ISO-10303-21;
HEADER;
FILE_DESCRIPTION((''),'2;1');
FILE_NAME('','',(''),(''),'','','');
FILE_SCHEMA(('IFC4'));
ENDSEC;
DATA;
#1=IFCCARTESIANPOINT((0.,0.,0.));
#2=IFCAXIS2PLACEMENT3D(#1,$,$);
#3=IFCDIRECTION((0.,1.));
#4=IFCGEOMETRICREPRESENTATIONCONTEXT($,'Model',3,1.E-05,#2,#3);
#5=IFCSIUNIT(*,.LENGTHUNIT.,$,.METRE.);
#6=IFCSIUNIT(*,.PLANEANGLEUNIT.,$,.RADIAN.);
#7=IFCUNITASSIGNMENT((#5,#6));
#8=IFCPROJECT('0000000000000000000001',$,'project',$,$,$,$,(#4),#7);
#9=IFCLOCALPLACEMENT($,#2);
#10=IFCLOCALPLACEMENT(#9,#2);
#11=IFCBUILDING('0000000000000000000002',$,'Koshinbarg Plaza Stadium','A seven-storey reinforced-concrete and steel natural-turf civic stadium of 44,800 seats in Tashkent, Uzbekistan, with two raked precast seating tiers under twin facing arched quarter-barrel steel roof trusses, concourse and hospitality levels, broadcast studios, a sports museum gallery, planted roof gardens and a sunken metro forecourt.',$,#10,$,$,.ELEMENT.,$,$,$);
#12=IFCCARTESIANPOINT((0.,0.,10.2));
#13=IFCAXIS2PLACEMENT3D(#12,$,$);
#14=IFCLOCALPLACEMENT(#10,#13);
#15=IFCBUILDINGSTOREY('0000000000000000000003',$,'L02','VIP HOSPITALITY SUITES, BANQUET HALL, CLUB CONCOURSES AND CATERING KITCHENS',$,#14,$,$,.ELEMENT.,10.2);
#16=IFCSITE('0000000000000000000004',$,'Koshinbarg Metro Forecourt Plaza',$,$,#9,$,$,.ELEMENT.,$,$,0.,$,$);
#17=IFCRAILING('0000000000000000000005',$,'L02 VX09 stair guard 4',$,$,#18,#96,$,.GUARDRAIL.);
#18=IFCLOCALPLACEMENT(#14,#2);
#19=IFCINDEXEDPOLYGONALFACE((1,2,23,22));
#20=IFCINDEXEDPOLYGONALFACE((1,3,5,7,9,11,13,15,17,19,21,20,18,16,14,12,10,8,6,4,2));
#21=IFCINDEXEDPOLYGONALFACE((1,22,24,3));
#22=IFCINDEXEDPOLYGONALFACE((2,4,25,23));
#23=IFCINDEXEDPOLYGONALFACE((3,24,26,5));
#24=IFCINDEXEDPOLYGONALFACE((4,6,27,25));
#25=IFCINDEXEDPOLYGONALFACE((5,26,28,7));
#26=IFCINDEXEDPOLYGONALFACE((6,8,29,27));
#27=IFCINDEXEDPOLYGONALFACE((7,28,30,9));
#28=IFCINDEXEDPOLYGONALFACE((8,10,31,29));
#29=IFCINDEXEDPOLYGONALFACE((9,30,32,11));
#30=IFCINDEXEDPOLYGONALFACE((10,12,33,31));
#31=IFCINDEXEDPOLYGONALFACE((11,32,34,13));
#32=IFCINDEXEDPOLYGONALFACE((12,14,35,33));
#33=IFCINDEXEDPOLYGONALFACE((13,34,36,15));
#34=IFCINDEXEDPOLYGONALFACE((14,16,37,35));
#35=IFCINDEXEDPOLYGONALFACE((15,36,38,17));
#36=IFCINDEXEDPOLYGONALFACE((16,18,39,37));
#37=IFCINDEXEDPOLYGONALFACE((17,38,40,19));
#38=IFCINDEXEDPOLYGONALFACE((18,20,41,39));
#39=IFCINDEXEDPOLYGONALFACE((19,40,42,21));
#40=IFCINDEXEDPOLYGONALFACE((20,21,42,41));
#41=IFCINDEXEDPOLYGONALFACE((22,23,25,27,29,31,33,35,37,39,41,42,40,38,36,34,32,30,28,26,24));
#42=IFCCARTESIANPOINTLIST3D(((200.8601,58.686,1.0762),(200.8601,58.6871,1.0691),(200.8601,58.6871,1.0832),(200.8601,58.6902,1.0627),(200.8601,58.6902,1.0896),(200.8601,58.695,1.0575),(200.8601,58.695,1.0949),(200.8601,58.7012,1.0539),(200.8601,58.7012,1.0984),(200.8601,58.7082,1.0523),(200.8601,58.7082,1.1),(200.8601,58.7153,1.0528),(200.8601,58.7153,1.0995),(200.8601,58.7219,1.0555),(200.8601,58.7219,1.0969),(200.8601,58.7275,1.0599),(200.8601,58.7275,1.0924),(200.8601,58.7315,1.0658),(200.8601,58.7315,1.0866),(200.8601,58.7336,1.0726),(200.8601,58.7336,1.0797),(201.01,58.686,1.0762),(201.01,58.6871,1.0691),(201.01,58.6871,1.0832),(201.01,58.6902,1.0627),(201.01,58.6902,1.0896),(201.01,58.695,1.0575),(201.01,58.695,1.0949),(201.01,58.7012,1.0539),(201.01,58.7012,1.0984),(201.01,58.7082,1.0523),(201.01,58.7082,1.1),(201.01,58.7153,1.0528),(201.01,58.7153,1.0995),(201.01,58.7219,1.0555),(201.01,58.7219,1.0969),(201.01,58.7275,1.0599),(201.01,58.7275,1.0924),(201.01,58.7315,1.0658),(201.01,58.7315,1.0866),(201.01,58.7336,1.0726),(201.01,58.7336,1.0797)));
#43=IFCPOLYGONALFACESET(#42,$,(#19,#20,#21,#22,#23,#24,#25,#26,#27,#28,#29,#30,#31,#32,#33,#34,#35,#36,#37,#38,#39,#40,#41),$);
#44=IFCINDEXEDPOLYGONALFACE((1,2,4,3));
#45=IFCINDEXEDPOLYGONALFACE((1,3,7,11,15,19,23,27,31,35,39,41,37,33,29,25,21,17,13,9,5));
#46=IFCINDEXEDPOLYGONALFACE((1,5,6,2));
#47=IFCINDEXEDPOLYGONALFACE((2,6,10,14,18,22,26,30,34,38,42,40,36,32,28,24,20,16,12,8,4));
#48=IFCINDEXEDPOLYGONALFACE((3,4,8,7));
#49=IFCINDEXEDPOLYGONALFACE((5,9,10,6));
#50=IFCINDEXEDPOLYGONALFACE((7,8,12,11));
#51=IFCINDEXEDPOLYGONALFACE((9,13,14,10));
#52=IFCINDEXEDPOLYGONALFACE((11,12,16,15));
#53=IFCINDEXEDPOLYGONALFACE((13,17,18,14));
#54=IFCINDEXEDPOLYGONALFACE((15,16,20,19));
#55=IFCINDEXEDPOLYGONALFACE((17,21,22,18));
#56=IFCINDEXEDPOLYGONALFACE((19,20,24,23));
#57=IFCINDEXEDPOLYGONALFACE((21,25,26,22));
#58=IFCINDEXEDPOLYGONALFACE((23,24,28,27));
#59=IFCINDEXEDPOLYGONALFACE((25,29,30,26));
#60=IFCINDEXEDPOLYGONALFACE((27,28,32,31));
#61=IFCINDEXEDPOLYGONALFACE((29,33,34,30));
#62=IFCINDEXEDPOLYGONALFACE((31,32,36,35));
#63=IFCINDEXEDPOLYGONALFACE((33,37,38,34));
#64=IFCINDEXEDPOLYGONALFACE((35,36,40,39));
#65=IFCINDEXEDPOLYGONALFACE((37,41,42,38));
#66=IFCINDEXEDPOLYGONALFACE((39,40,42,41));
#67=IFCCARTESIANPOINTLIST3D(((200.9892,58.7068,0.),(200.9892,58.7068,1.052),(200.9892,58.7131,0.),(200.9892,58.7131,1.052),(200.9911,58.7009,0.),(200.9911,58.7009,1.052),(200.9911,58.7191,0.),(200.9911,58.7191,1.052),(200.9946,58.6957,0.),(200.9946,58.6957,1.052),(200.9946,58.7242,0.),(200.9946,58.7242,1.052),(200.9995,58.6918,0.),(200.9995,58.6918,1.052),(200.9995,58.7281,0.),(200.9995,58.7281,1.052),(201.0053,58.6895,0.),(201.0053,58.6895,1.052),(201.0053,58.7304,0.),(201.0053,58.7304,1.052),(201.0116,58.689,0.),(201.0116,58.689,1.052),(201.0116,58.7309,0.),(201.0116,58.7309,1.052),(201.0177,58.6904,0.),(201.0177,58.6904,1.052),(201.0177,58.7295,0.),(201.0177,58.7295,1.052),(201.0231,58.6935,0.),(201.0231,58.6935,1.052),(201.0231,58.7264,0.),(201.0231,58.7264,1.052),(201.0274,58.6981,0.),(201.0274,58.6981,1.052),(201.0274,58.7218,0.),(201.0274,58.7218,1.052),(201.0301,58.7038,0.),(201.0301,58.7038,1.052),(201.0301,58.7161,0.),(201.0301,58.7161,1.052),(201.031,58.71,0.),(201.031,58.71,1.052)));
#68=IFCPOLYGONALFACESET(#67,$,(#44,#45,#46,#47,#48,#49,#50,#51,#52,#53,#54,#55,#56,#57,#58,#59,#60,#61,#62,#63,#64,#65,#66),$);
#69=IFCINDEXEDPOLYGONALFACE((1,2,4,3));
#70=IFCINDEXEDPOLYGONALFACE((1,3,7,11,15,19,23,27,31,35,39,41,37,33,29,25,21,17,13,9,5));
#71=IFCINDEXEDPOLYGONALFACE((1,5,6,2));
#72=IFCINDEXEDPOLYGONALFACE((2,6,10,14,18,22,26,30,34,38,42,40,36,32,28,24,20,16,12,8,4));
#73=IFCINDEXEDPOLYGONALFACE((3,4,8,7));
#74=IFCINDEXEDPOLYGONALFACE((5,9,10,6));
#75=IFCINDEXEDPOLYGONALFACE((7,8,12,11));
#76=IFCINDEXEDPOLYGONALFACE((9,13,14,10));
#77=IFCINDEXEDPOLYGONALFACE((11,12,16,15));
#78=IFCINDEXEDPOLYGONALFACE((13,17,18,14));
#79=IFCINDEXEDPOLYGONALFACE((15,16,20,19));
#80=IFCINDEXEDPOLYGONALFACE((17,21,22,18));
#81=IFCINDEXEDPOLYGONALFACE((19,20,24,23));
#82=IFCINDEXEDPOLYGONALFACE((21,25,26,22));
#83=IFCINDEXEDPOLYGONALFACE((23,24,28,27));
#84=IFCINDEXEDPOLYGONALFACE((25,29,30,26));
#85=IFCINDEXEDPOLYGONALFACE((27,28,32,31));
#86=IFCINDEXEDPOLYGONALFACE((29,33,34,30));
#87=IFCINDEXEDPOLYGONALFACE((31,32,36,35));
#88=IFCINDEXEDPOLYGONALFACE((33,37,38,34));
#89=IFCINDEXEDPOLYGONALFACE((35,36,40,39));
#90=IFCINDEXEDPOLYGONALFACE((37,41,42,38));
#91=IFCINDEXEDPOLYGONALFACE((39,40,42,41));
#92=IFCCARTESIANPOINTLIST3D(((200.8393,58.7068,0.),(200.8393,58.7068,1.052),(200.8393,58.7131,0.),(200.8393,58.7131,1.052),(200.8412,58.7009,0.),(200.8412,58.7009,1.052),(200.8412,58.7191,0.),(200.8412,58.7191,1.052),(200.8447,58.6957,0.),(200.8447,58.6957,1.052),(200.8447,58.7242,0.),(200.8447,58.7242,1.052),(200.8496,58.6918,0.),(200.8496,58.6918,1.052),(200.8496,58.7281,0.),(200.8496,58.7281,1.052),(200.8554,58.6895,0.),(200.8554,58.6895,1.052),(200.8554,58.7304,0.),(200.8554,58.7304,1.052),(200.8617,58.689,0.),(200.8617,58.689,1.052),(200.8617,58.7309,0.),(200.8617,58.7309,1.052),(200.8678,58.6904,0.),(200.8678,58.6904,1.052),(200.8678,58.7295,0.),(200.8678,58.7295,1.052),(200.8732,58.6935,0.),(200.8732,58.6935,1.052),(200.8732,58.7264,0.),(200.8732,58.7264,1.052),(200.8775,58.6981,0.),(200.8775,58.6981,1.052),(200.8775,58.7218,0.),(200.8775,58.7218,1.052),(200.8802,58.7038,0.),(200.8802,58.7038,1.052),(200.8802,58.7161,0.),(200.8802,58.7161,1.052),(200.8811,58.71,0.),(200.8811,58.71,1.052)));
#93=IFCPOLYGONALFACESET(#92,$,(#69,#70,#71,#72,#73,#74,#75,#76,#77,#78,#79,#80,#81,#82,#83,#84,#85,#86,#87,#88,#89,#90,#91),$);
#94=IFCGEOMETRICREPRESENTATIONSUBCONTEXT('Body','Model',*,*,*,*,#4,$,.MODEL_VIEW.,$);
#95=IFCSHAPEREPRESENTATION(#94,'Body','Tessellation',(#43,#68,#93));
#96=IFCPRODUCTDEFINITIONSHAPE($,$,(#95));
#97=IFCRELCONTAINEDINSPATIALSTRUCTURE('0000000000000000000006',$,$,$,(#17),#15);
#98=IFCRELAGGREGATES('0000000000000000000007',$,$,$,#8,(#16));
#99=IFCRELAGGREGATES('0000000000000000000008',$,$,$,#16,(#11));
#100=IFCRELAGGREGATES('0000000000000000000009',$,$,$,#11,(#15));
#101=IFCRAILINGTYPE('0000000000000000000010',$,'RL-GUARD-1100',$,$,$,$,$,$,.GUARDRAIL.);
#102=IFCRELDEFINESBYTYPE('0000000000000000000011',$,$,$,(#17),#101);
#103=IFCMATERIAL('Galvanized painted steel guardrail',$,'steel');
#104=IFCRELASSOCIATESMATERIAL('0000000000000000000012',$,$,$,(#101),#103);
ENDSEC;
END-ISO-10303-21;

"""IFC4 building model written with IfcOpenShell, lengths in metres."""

from ifc_helpers import new_model, si_unit, direction, frame, origin, origin_2d, place, context, subcontext, project, spatial, circle, extrude, material, type_object, element, save


model = new_model("IFC4")

# Units and contexts
model_context = context("Model", 3, precision=1e-05, world=origin(), true_north=direction((0.0, 1.0)))
body_context = subcontext(model_context, "Body", "Model", "MODEL_VIEW")
ifc_project = project(units=[si_unit("LENGTHUNIT", "METRE"), si_unit("PLANEANGLEUNIT", "RADIAN")], contexts=[model_context])

# Site, building, storey
site_placement = place(None, origin())
site = spatial("IfcSite", under=ifc_project, at=site_placement, Name="Koshinbarg Metro Forecourt Plaza", CompositionType="ELEMENT", RefElevation=0.0)
building_placement = place(site_placement, origin())
building = spatial("IfcBuilding", under=site, at=building_placement, Name="Koshinbarg Plaza Stadium", Description="A seven-storey reinforced-concrete and steel natural-turf civic stadium of 44,800 seats in Tashkent, Uzbekistan, with two raked precast seating tiers under twin facing arched quarter-barrel steel roof trusses, concourse and hospitality levels, broadcast studios, a sports museum gallery, planted roof gardens and a sunken metro forecourt.", CompositionType="ELEMENT")
storey_placement = place(building_placement, frame((0.0, 0.0, 10.2)))
storey = spatial("IfcBuildingStorey", under=building, at=storey_placement, Name="L02", Description="VIP HOSPITALITY SUITES, BANQUET HALL, CLUB CONCOURSES AND CATERING KITCHENS", CompositionType="ELEMENT", Elevation=10.2)

# Railing
ifc_material_1 = material(Name="Galvanized painted steel guardrail", Category="steel")
railing_type_1 = type_object("IfcRailingType", Name="RL-GUARD-1100", PredefinedType="GUARDRAIL", material=ifc_material_1)
railing_1_placement = place(storey_placement, frame((201.01, 58.71, 0.0)))
element("IfcRailing", 1, at=railing_1_placement, inside=storey, type_object=railing_type_1, Name="L02 VX09 stair guard 4", PredefinedType="GUARDRAIL", context=body_context, shape_type="SweptSolid", body=[
    extrude(circle(Radius=0.0239, at=origin_2d()), frame((0.0, 0.0, 1.0762), z_axis=(-1.0, 0.0, 0.0), x_axis=(0.0, -1.0, 0.0)), (0.0, 0.0, 1.0), 0.1499),
    extrude(circle(Radius=0.021, at=origin_2d()), origin(), (0.0, 0.0, 1.0), 1.052),
    extrude(circle(Radius=0.021, at=origin_2d()), frame((-0.1499, 0.0, 0.0)), (0.0, 0.0, 1.0), 1.052),
])

save(model, "model.ifc")
